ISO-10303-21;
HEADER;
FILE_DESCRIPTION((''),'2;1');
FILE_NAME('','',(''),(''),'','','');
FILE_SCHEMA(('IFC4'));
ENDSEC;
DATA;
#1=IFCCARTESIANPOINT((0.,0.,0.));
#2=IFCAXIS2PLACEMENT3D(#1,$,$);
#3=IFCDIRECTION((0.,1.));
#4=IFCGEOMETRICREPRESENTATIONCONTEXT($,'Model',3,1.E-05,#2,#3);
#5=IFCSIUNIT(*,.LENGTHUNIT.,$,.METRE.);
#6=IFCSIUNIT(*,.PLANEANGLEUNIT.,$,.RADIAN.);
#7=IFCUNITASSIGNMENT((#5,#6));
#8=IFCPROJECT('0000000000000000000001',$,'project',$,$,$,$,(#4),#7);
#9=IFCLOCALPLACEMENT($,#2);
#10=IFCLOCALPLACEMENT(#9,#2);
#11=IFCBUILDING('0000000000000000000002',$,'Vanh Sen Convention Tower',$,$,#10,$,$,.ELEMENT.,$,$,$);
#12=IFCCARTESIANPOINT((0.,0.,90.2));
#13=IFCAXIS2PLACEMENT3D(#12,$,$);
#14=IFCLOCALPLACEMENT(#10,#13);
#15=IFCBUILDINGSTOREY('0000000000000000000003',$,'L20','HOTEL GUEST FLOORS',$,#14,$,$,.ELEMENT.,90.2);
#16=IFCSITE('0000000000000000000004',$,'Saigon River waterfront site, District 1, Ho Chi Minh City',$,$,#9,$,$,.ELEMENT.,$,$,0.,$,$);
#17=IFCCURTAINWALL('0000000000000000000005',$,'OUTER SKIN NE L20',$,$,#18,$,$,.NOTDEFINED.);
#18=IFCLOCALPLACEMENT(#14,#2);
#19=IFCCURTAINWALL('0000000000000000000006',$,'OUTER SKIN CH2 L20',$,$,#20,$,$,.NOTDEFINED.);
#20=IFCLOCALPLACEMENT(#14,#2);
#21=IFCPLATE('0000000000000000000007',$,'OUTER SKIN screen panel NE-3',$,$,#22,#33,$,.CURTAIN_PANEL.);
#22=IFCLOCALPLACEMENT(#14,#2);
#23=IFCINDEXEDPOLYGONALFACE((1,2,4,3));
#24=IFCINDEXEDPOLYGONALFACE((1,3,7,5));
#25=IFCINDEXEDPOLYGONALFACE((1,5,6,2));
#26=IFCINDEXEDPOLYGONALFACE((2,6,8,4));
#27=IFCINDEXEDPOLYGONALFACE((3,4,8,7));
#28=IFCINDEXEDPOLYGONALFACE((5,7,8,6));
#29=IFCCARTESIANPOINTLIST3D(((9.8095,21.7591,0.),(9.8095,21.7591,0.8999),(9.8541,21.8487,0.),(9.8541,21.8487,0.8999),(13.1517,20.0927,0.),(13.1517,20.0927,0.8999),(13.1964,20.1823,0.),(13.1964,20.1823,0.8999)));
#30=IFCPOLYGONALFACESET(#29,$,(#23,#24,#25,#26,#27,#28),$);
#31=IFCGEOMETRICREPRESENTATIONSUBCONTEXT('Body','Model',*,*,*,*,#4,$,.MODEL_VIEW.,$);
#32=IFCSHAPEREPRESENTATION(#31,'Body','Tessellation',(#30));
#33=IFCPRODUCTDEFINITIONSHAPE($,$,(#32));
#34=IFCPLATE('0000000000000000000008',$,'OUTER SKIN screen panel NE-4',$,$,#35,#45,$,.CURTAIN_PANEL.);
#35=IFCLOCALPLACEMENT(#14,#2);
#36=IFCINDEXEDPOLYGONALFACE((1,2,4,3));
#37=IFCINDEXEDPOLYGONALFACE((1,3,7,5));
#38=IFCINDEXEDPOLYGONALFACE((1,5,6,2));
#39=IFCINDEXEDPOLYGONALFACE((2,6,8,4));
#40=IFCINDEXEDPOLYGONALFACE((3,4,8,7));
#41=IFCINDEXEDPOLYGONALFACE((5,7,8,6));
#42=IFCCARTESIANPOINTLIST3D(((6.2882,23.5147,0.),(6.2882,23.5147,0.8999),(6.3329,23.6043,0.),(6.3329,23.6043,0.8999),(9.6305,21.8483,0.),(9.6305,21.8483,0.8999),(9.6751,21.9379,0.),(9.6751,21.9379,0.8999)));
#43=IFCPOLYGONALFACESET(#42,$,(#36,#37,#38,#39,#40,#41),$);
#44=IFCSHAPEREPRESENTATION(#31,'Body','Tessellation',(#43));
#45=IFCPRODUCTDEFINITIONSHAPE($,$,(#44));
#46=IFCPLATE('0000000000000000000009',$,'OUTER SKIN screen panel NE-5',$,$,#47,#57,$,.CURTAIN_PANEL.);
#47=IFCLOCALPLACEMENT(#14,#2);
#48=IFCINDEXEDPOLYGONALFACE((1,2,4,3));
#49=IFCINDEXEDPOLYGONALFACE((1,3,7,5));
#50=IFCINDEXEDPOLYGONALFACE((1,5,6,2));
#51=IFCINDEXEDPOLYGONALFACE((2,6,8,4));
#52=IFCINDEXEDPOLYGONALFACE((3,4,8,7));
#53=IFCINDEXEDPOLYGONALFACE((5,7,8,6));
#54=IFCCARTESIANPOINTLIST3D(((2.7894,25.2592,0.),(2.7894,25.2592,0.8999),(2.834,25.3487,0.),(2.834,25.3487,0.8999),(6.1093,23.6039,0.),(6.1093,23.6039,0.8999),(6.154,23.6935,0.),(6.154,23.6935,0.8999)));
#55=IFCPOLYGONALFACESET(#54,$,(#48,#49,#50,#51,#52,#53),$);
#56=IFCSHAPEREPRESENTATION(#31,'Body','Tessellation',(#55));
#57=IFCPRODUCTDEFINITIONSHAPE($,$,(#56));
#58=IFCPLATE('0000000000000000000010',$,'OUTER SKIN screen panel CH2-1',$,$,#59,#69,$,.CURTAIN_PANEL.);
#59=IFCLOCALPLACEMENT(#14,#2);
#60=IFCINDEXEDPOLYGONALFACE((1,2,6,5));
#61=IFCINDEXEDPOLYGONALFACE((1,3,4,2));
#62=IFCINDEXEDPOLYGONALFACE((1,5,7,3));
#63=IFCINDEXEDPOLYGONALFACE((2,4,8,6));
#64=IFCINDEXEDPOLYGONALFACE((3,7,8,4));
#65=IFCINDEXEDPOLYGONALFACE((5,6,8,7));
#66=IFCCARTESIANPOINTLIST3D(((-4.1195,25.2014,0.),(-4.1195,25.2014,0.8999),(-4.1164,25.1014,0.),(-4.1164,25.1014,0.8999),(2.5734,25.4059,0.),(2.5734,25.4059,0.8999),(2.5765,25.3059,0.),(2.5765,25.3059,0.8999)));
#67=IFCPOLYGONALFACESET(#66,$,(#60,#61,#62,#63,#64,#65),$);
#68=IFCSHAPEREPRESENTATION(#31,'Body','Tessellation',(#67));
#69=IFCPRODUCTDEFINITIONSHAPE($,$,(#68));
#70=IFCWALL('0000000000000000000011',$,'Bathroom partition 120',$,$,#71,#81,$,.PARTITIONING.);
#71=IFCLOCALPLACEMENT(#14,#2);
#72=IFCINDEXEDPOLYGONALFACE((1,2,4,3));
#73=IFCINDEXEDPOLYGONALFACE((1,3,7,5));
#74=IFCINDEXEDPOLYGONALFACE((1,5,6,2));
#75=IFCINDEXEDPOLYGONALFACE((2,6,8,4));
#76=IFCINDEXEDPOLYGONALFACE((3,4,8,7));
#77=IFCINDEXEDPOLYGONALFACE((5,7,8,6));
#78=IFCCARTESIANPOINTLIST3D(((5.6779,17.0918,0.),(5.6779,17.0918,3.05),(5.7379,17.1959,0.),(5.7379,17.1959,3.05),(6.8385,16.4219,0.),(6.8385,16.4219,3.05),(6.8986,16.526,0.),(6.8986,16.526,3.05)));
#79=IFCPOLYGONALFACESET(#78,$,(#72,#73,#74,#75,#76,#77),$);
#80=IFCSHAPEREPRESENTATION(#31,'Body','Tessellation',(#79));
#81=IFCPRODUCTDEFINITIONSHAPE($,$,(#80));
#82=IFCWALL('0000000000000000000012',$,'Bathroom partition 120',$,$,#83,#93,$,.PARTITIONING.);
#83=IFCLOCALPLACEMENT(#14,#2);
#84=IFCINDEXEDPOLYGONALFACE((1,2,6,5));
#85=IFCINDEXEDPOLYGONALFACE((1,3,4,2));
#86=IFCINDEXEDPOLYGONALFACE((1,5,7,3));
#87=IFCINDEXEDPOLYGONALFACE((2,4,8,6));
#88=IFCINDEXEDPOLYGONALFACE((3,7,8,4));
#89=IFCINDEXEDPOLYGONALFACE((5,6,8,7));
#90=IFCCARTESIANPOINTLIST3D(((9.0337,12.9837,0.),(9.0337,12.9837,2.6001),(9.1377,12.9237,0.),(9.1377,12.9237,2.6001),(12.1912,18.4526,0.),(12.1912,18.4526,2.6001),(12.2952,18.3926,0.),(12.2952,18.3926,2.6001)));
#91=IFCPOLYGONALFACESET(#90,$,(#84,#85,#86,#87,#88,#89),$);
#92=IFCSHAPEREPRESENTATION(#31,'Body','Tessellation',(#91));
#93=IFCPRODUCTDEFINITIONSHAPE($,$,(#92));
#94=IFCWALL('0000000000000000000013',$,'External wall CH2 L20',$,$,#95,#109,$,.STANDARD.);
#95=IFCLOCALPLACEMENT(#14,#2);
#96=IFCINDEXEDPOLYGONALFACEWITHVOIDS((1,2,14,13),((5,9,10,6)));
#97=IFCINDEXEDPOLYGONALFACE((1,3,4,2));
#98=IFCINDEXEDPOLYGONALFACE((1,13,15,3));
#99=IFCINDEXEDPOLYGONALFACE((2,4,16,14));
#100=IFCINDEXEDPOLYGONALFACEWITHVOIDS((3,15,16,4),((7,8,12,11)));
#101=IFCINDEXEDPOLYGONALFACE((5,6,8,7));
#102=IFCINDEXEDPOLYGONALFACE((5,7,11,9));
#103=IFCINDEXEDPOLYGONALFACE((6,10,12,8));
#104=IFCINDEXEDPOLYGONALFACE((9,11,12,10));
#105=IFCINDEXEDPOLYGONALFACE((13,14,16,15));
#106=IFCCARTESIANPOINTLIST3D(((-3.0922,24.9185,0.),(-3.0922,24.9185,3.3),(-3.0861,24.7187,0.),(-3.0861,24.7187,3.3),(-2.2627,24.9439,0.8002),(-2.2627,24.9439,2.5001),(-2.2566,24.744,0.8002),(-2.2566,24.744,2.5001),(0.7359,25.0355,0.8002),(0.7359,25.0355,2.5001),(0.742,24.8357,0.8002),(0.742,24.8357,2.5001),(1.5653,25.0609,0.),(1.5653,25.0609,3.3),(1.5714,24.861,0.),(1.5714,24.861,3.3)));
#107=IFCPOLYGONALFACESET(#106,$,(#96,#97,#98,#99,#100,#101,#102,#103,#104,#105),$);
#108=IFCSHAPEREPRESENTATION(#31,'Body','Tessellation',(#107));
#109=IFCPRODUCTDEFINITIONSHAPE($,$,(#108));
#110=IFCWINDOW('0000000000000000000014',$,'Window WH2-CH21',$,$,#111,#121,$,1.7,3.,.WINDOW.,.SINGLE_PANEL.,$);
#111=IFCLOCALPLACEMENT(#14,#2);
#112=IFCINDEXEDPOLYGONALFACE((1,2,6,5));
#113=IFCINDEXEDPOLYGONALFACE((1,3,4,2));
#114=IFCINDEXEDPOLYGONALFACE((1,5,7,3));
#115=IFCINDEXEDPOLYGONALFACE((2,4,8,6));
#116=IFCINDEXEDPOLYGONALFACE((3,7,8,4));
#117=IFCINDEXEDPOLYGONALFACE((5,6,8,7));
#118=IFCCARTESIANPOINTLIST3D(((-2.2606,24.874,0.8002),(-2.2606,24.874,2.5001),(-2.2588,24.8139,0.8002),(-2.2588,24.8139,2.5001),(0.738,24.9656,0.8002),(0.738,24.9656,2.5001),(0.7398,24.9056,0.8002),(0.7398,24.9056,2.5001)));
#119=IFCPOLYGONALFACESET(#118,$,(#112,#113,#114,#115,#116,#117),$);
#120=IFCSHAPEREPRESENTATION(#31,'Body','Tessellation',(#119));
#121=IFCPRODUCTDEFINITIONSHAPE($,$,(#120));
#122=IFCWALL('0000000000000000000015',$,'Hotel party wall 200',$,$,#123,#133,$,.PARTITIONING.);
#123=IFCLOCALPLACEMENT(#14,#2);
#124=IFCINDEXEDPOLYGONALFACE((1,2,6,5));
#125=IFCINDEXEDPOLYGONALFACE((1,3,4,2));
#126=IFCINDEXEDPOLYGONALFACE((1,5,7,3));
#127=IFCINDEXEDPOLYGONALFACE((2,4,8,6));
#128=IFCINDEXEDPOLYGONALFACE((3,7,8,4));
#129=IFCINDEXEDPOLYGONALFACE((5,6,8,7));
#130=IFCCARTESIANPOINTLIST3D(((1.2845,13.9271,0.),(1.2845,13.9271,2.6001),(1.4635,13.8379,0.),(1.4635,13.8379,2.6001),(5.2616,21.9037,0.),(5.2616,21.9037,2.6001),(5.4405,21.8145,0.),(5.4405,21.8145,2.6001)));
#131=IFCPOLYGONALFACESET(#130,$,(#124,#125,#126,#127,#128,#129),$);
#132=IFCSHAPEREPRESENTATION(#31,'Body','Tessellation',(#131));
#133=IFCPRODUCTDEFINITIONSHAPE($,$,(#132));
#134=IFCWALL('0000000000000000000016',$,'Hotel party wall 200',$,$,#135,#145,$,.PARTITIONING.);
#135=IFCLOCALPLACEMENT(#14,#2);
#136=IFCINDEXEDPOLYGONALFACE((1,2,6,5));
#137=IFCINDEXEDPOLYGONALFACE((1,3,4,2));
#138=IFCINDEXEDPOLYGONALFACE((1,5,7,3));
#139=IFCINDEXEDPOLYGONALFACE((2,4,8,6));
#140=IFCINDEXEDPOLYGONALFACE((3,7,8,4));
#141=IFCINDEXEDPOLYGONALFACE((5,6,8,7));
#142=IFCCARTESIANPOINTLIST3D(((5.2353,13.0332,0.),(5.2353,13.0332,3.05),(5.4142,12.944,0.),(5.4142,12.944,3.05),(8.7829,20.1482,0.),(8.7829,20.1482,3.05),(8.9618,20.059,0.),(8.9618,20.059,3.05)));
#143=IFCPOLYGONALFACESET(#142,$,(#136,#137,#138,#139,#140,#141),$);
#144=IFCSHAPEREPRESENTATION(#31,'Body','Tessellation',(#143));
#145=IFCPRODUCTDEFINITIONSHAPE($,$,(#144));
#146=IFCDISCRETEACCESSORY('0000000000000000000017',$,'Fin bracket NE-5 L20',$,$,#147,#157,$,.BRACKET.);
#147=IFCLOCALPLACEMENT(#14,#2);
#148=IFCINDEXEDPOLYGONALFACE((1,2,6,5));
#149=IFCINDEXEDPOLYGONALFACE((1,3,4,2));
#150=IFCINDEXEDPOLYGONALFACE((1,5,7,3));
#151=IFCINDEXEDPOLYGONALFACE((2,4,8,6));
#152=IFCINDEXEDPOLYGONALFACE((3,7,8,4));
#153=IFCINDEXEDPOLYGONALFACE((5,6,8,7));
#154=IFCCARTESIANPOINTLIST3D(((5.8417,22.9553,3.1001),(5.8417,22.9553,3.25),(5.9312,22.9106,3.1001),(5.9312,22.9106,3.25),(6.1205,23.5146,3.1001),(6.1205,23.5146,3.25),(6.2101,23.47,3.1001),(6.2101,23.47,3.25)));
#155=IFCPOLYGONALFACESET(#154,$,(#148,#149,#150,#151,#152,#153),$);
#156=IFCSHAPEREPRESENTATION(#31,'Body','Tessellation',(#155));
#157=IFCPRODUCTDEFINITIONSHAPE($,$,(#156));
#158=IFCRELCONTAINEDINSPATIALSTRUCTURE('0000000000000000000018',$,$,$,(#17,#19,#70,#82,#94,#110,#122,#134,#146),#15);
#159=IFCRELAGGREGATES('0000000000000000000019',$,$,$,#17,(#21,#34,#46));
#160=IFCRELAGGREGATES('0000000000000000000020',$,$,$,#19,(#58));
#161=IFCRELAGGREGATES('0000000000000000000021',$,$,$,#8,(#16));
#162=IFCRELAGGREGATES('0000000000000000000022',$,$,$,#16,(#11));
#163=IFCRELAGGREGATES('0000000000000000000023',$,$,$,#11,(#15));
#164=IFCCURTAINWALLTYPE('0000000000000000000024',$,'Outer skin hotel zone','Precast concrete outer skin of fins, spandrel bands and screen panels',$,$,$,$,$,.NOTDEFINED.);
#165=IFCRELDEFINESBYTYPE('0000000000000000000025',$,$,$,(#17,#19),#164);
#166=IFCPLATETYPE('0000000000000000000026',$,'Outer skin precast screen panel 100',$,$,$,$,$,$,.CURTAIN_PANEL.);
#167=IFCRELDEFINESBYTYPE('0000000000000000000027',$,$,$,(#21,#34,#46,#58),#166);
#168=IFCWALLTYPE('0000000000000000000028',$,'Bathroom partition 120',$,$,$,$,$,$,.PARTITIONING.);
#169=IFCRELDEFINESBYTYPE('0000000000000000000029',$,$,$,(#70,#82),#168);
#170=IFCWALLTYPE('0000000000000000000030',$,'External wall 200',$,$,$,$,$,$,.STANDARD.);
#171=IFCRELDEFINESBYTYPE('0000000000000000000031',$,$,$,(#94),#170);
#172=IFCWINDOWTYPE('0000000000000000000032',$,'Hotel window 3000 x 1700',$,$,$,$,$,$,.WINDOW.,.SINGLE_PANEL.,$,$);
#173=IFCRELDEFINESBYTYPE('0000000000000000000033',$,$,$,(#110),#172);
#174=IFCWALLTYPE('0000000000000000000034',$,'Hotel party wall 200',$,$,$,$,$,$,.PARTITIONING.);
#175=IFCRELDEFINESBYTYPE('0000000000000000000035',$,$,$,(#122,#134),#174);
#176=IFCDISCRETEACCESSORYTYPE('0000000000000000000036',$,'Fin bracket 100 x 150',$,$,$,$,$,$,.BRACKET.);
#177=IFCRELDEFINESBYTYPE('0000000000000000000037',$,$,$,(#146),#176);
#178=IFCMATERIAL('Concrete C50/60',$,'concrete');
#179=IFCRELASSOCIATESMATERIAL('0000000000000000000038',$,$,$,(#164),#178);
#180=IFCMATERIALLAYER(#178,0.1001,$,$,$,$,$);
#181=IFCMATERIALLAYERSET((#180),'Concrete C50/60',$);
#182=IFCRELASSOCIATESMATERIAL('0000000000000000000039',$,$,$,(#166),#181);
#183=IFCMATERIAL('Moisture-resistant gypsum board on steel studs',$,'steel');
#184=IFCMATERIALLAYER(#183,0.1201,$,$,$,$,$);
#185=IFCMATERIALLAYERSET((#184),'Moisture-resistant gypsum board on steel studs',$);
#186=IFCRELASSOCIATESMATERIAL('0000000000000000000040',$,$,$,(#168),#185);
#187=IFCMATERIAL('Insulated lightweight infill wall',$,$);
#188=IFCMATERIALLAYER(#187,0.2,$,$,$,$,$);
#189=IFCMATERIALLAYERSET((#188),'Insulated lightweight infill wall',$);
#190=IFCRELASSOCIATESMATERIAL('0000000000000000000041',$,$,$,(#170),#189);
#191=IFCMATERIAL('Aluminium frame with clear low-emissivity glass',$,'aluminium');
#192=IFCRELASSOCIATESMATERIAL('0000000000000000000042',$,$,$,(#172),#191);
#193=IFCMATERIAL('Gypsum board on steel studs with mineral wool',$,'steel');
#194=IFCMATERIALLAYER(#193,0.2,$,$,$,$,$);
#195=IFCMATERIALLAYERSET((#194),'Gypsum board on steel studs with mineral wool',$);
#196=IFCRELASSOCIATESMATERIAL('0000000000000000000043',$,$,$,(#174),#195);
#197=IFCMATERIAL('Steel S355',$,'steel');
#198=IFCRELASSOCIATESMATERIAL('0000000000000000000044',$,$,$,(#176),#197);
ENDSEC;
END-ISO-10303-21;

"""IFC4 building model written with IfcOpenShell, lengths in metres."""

from ifc_helpers import new_model, si_unit, direction, frame, frame_2d, origin, origin_2d, place, context, subcontext, project, spatial, rectangle, extrude, material, layer, layer_set, type_object, element, fill, aggregate, save


model = new_model("IFC4")

# Units and contexts
model_context = context("Model", 3, precision=1e-05, world=origin(), true_north=direction((0.0, 1.0)))
body_context = subcontext(model_context, "Body", "Model", "MODEL_VIEW")
ifc_project = project(units=[si_unit("LENGTHUNIT", "METRE"), si_unit("PLANEANGLEUNIT", "RADIAN")], contexts=[model_context])

# Site, building, storey
site_placement = place(None, origin())
site = spatial("IfcSite", under=ifc_project, at=site_placement, Name="Saigon River waterfront site, District 1, Ho Chi Minh City", CompositionType="ELEMENT", RefElevation=0.0)
building_placement = place(site_placement, origin())
building = spatial("IfcBuilding", under=site, at=building_placement, Name="Vanh Sen Convention Tower", CompositionType="ELEMENT")
storey_placement = place(building_placement, frame((0.0, 0.0, 90.2)))
storey = spatial("IfcBuildingStorey", under=building, at=storey_placement, Name="L20", Description="HOTEL GUEST FLOORS", CompositionType="ELEMENT", Elevation=90.2)

# Curtain wall
ifc_material_1 = material(Name="Concrete C50/60", Category="concrete")
curtain_wall_type = type_object("IfcCurtainWallType", Name="Outer skin hotel zone", Description="Precast concrete outer skin of fins, spandrel bands and screen panels", PredefinedType="NOTDEFINED", material=ifc_material_1)
curtain_wall_1_placement = place(storey_placement, origin())
curtain_wall_1 = element("IfcCurtainWall", 1, at=curtain_wall_1_placement, inside=storey, type_object=curtain_wall_type, Name="OUTER SKIN NE L20", PredefinedType="NOTDEFINED")

# Curtain wall
curtain_wall_2_placement = place(storey_placement, origin())
curtain_wall_2 = element("IfcCurtainWall", 2, at=curtain_wall_2_placement, inside=storey, type_object=curtain_wall_type, Name="OUTER SKIN CH2 L20", PredefinedType="NOTDEFINED")

# Plates
ifc_layer_1 = layer(ifc_material_1, 0.1001)
ifc_layer_set_1 = layer_set([ifc_layer_1], Name="Concrete C50/60")
plate_type = type_object("IfcPlateType", Name="Outer skin precast screen panel 100", PredefinedType="CURTAIN_PANEL", material=ifc_layer_set_1)
plate_1_placement = place(storey_placement, frame((11.5029, 20.9707, 0.0), z_axis=(0.0, 0.0, 1.0), x_axis=(-0.894935, 0.446196, 0.0)))
plate_1 = element("IfcPlate", 3, at=plate_1_placement, type_object=plate_type, Name="OUTER SKIN screen panel NE-3", PredefinedType="CURTAIN_PANEL", context=body_context, shape_type="SweptSolid", body=[
    extrude(rectangle(XDim=3.7346, YDim=0.1001, at=origin_2d()), origin(), (0.0, 0.0, 1.0), 0.8999),
])
plate_2_placement = place(storey_placement, frame((7.9817, 22.7263, 0.0), z_axis=(0.0, 0.0, 1.0), x_axis=(-0.894935, 0.446196, 0.0)))
plate_2 = element("IfcPlate", 4, at=plate_2_placement, type_object=plate_type, Name="OUTER SKIN screen panel NE-4", PredefinedType="CURTAIN_PANEL", context=body_context, shape_type="SweptSolid", body=[
    extrude(rectangle(XDim=3.7346, YDim=0.1001, at=origin_2d()), origin(), (0.0, 0.0, 1.0), 0.8999),
])
plate_3_placement = place(storey_placement, frame((4.4717, 24.4763, 0.0), z_axis=(0.0, 0.0, 1.0), x_axis=(-0.894935, 0.446196, 0.0)))
plate_3 = element("IfcPlate", 5, at=plate_3_placement, type_object=plate_type, Name="OUTER SKIN screen panel NE-5", PredefinedType="CURTAIN_PANEL", context=body_context, shape_type="SweptSolid", body=[
    extrude(rectangle(XDim=3.7097, YDim=0.1001, at=origin_2d()), origin(), (0.0, 0.0, 1.0), 0.8999),
])
aggregate(curtain_wall_1, [plate_1, plate_2, plate_3])
plate_4_placement = place(storey_placement, frame((-0.7715, 25.2537, 0.0), z_axis=(0.0, 0.0, 1.0), x_axis=(-0.999534, -0.030537, 0.0)))
plate_4 = element("IfcPlate", 6, at=plate_4_placement, type_object=plate_type, Name="OUTER SKIN screen panel CH2-1", PredefinedType="CURTAIN_PANEL", context=body_context, shape_type="SweptSolid", body=[
    extrude(rectangle(XDim=6.696, YDim=0.1001, at=origin_2d()), origin(), (0.0, 0.0, 1.0), 0.8999),
])
aggregate(curtain_wall_2, [plate_4])

# Walls
ifc_material_2 = material(Name="Moisture-resistant gypsum board on steel studs", Category="steel")
ifc_layer_2 = layer(ifc_material_2, 0.1201)
ifc_layer_set_2 = layer_set([ifc_layer_2], Name="Moisture-resistant gypsum board on steel studs")
wall_type_1 = type_object("IfcWallType", Name="Bathroom partition 120", PredefinedType="PARTITIONING", material=ifc_layer_set_2)
wall_1_placement = place(storey_placement, frame((5.708, 17.1438, 0.0), z_axis=(0.0, 0.0, 1.0), x_axis=(0.866082, -0.499901, 0.0)))
element("IfcWall", 7, at=wall_1_placement, inside=storey, type_object=wall_type_1, Name="Bathroom partition 120", PredefinedType="PARTITIONING", context=body_context, shape_type="SweptSolid", body=[
    extrude(rectangle(XDim=1.3401, YDim=0.1201, at=frame_2d((0.6699, 0.0))), origin(), (0.0, 0.0, 1.0), 3.05),
])
wall_2_placement = place(storey_placement, frame((12.2432, 18.4226, 0.0), z_axis=(0.0, 0.0, 1.0), x_axis=(-0.499994, -0.866029, 0.0)))
element("IfcWall", 8, at=wall_2_placement, inside=storey, type_object=wall_type_1, Name="Bathroom partition 120", PredefinedType="PARTITIONING", context=body_context, shape_type="SweptSolid", body=[
    extrude(rectangle(XDim=6.3149, YDim=0.1201, at=frame_2d((3.1575, 0.0))), origin(), (0.0, 0.0, 1.0), 2.6001),
])

# Wall, opening, window
ifc_material_3 = material(Name="Insulated lightweight infill wall")
ifc_layer_3 = layer(ifc_material_3, 0.2)
ifc_layer_set_3 = layer_set([ifc_layer_3], Name="Insulated lightweight infill wall")
wall_type_2 = type_object("IfcWallType", Name="External wall 200", PredefinedType="STANDARD", material=ifc_layer_set_3)
wall_3_placement = place(storey_placement, frame((1.5684, 24.9609, 0.0), z_axis=(0.0, 0.0, 1.0), x_axis=(-0.999533, -0.030546, 0.0)))
wall_3 = element("IfcWall", 9, at=wall_3_placement, inside=storey, type_object=wall_type_2, Name="External wall CH2 L20", PredefinedType="STANDARD", context=body_context, shape_type="SweptSolid", body=[
    extrude(rectangle(XDim=4.6597, YDim=0.2, at=frame_2d((2.3298, 0.0))), origin(), (0.0, 0.0, 1.0), 3.3),
])
opening_placement = place(wall_3_placement, frame((0.8298, 0.0, 0.8)))
opening = element("IfcOpeningElement", 10, at=opening_placement, cuts=wall_3, PredefinedType="OPENING", context=body_context, shape_type="SweptSolid", body=[
    extrude(rectangle(XDim=3.0, YDim=1.7, at=frame_2d((1.5, 0.8501))), frame((0.0, 0.1099, 0.0), z_axis=(0.0, -1.0, 0.0), x_axis=(1.0, 0.0, 0.0)), (0.0, 0.0, 1.0), 0.22),
])
ifc_material_4 = material(Name="Aluminium frame with clear low-emissivity glass", Category="aluminium")
window_type = type_object("IfcWindowType", Name="Hotel window 3000 x 1700", PartitioningType="SINGLE_PANEL", PredefinedType="WINDOW", material=ifc_material_4)
window_placement = place(opening_placement, origin())
window = element("IfcWindow", 11, at=window_placement, inside=storey, type_object=window_type, Name="Window WH2-CH21", OverallHeight=1.7, OverallWidth=3.0, PartitioningType="SINGLE_PANEL", PredefinedType="WINDOW", context=body_context, shape_type="SweptSolid", body=[
    extrude(rectangle(XDim=3.0, YDim=1.7, at=frame_2d((1.5, 0.8501))), frame((0.0, 0.03, 0.0), z_axis=(0.0, -1.0, 0.0), x_axis=(1.0, 0.0, 0.0)), (0.0, 0.0, 1.0), 0.0601),
])
fill(opening, window)

# Walls
ifc_material_5 = material(Name="Gypsum board on steel studs with mineral wool", Category="steel")
ifc_layer_4 = layer(ifc_material_5, 0.2)
ifc_layer_set_4 = layer_set([ifc_layer_4], Name="Gypsum board on steel studs with mineral wool")
wall_type_3 = type_object("IfcWallType", Name="Hotel party wall 200", PredefinedType="PARTITIONING", material=ifc_layer_set_4)
wall_4_placement = place(storey_placement, frame((5.3511, 21.8591, 0.0), z_axis=(0.0, 0.0, 1.0), x_axis=(-0.446205, -0.894931, 0.0)))
element("IfcWall", 12, at=wall_4_placement, inside=storey, type_object=wall_type_3, Name="Hotel party wall 200", PredefinedType="PARTITIONING", context=body_context, shape_type="SweptSolid", body=[
    extrude(rectangle(XDim=8.9131, YDim=0.2, at=frame_2d((4.4565, 0.0))), origin(), (0.0, 0.0, 1.0), 2.6001),
])
wall_5_placement = place(storey_placement, frame((8.8723, 20.1035, 0.0), z_axis=(0.0, 0.0, 1.0), x_axis=(-0.446218, -0.894924, 0.0)))
element("IfcWall", 13, at=wall_5_placement, inside=storey, type_object=wall_type_3, Name="Hotel party wall 200", PredefinedType="PARTITIONING", context=body_context, shape_type="SweptSolid", body=[
    extrude(rectangle(XDim=7.9504, YDim=0.2, at=frame_2d((3.9751, 0.0))), origin(), (0.0, 0.0, 1.0), 3.05),
])

# Discrete accessory
ifc_material_6 = material(Name="Steel S355", Category="steel")
discrete_accessory_type = type_object("IfcDiscreteAccessoryType", Name="Fin bracket 100 x 150", PredefinedType="BRACKET", material=ifc_material_6)
discrete_accessory_placement = place(storey_placement, frame((6.0259, 23.2126, 3.1001), z_axis=(0.0, 0.0, 1.0), x_axis=(0.446198, 0.894934, 0.0)))
element("IfcDiscreteAccessory", 14, at=discrete_accessory_placement, inside=storey, type_object=discrete_accessory_type, Name="Fin bracket NE-5 L20", PredefinedType="BRACKET", context=body_context, shape_type="SweptSolid", body=[
    extrude(rectangle(XDim=0.625, YDim=0.1001, at=origin_2d()), origin(), (0.0, 0.0, 1.0), 0.1499),
])

save(model, "model.ifc")
